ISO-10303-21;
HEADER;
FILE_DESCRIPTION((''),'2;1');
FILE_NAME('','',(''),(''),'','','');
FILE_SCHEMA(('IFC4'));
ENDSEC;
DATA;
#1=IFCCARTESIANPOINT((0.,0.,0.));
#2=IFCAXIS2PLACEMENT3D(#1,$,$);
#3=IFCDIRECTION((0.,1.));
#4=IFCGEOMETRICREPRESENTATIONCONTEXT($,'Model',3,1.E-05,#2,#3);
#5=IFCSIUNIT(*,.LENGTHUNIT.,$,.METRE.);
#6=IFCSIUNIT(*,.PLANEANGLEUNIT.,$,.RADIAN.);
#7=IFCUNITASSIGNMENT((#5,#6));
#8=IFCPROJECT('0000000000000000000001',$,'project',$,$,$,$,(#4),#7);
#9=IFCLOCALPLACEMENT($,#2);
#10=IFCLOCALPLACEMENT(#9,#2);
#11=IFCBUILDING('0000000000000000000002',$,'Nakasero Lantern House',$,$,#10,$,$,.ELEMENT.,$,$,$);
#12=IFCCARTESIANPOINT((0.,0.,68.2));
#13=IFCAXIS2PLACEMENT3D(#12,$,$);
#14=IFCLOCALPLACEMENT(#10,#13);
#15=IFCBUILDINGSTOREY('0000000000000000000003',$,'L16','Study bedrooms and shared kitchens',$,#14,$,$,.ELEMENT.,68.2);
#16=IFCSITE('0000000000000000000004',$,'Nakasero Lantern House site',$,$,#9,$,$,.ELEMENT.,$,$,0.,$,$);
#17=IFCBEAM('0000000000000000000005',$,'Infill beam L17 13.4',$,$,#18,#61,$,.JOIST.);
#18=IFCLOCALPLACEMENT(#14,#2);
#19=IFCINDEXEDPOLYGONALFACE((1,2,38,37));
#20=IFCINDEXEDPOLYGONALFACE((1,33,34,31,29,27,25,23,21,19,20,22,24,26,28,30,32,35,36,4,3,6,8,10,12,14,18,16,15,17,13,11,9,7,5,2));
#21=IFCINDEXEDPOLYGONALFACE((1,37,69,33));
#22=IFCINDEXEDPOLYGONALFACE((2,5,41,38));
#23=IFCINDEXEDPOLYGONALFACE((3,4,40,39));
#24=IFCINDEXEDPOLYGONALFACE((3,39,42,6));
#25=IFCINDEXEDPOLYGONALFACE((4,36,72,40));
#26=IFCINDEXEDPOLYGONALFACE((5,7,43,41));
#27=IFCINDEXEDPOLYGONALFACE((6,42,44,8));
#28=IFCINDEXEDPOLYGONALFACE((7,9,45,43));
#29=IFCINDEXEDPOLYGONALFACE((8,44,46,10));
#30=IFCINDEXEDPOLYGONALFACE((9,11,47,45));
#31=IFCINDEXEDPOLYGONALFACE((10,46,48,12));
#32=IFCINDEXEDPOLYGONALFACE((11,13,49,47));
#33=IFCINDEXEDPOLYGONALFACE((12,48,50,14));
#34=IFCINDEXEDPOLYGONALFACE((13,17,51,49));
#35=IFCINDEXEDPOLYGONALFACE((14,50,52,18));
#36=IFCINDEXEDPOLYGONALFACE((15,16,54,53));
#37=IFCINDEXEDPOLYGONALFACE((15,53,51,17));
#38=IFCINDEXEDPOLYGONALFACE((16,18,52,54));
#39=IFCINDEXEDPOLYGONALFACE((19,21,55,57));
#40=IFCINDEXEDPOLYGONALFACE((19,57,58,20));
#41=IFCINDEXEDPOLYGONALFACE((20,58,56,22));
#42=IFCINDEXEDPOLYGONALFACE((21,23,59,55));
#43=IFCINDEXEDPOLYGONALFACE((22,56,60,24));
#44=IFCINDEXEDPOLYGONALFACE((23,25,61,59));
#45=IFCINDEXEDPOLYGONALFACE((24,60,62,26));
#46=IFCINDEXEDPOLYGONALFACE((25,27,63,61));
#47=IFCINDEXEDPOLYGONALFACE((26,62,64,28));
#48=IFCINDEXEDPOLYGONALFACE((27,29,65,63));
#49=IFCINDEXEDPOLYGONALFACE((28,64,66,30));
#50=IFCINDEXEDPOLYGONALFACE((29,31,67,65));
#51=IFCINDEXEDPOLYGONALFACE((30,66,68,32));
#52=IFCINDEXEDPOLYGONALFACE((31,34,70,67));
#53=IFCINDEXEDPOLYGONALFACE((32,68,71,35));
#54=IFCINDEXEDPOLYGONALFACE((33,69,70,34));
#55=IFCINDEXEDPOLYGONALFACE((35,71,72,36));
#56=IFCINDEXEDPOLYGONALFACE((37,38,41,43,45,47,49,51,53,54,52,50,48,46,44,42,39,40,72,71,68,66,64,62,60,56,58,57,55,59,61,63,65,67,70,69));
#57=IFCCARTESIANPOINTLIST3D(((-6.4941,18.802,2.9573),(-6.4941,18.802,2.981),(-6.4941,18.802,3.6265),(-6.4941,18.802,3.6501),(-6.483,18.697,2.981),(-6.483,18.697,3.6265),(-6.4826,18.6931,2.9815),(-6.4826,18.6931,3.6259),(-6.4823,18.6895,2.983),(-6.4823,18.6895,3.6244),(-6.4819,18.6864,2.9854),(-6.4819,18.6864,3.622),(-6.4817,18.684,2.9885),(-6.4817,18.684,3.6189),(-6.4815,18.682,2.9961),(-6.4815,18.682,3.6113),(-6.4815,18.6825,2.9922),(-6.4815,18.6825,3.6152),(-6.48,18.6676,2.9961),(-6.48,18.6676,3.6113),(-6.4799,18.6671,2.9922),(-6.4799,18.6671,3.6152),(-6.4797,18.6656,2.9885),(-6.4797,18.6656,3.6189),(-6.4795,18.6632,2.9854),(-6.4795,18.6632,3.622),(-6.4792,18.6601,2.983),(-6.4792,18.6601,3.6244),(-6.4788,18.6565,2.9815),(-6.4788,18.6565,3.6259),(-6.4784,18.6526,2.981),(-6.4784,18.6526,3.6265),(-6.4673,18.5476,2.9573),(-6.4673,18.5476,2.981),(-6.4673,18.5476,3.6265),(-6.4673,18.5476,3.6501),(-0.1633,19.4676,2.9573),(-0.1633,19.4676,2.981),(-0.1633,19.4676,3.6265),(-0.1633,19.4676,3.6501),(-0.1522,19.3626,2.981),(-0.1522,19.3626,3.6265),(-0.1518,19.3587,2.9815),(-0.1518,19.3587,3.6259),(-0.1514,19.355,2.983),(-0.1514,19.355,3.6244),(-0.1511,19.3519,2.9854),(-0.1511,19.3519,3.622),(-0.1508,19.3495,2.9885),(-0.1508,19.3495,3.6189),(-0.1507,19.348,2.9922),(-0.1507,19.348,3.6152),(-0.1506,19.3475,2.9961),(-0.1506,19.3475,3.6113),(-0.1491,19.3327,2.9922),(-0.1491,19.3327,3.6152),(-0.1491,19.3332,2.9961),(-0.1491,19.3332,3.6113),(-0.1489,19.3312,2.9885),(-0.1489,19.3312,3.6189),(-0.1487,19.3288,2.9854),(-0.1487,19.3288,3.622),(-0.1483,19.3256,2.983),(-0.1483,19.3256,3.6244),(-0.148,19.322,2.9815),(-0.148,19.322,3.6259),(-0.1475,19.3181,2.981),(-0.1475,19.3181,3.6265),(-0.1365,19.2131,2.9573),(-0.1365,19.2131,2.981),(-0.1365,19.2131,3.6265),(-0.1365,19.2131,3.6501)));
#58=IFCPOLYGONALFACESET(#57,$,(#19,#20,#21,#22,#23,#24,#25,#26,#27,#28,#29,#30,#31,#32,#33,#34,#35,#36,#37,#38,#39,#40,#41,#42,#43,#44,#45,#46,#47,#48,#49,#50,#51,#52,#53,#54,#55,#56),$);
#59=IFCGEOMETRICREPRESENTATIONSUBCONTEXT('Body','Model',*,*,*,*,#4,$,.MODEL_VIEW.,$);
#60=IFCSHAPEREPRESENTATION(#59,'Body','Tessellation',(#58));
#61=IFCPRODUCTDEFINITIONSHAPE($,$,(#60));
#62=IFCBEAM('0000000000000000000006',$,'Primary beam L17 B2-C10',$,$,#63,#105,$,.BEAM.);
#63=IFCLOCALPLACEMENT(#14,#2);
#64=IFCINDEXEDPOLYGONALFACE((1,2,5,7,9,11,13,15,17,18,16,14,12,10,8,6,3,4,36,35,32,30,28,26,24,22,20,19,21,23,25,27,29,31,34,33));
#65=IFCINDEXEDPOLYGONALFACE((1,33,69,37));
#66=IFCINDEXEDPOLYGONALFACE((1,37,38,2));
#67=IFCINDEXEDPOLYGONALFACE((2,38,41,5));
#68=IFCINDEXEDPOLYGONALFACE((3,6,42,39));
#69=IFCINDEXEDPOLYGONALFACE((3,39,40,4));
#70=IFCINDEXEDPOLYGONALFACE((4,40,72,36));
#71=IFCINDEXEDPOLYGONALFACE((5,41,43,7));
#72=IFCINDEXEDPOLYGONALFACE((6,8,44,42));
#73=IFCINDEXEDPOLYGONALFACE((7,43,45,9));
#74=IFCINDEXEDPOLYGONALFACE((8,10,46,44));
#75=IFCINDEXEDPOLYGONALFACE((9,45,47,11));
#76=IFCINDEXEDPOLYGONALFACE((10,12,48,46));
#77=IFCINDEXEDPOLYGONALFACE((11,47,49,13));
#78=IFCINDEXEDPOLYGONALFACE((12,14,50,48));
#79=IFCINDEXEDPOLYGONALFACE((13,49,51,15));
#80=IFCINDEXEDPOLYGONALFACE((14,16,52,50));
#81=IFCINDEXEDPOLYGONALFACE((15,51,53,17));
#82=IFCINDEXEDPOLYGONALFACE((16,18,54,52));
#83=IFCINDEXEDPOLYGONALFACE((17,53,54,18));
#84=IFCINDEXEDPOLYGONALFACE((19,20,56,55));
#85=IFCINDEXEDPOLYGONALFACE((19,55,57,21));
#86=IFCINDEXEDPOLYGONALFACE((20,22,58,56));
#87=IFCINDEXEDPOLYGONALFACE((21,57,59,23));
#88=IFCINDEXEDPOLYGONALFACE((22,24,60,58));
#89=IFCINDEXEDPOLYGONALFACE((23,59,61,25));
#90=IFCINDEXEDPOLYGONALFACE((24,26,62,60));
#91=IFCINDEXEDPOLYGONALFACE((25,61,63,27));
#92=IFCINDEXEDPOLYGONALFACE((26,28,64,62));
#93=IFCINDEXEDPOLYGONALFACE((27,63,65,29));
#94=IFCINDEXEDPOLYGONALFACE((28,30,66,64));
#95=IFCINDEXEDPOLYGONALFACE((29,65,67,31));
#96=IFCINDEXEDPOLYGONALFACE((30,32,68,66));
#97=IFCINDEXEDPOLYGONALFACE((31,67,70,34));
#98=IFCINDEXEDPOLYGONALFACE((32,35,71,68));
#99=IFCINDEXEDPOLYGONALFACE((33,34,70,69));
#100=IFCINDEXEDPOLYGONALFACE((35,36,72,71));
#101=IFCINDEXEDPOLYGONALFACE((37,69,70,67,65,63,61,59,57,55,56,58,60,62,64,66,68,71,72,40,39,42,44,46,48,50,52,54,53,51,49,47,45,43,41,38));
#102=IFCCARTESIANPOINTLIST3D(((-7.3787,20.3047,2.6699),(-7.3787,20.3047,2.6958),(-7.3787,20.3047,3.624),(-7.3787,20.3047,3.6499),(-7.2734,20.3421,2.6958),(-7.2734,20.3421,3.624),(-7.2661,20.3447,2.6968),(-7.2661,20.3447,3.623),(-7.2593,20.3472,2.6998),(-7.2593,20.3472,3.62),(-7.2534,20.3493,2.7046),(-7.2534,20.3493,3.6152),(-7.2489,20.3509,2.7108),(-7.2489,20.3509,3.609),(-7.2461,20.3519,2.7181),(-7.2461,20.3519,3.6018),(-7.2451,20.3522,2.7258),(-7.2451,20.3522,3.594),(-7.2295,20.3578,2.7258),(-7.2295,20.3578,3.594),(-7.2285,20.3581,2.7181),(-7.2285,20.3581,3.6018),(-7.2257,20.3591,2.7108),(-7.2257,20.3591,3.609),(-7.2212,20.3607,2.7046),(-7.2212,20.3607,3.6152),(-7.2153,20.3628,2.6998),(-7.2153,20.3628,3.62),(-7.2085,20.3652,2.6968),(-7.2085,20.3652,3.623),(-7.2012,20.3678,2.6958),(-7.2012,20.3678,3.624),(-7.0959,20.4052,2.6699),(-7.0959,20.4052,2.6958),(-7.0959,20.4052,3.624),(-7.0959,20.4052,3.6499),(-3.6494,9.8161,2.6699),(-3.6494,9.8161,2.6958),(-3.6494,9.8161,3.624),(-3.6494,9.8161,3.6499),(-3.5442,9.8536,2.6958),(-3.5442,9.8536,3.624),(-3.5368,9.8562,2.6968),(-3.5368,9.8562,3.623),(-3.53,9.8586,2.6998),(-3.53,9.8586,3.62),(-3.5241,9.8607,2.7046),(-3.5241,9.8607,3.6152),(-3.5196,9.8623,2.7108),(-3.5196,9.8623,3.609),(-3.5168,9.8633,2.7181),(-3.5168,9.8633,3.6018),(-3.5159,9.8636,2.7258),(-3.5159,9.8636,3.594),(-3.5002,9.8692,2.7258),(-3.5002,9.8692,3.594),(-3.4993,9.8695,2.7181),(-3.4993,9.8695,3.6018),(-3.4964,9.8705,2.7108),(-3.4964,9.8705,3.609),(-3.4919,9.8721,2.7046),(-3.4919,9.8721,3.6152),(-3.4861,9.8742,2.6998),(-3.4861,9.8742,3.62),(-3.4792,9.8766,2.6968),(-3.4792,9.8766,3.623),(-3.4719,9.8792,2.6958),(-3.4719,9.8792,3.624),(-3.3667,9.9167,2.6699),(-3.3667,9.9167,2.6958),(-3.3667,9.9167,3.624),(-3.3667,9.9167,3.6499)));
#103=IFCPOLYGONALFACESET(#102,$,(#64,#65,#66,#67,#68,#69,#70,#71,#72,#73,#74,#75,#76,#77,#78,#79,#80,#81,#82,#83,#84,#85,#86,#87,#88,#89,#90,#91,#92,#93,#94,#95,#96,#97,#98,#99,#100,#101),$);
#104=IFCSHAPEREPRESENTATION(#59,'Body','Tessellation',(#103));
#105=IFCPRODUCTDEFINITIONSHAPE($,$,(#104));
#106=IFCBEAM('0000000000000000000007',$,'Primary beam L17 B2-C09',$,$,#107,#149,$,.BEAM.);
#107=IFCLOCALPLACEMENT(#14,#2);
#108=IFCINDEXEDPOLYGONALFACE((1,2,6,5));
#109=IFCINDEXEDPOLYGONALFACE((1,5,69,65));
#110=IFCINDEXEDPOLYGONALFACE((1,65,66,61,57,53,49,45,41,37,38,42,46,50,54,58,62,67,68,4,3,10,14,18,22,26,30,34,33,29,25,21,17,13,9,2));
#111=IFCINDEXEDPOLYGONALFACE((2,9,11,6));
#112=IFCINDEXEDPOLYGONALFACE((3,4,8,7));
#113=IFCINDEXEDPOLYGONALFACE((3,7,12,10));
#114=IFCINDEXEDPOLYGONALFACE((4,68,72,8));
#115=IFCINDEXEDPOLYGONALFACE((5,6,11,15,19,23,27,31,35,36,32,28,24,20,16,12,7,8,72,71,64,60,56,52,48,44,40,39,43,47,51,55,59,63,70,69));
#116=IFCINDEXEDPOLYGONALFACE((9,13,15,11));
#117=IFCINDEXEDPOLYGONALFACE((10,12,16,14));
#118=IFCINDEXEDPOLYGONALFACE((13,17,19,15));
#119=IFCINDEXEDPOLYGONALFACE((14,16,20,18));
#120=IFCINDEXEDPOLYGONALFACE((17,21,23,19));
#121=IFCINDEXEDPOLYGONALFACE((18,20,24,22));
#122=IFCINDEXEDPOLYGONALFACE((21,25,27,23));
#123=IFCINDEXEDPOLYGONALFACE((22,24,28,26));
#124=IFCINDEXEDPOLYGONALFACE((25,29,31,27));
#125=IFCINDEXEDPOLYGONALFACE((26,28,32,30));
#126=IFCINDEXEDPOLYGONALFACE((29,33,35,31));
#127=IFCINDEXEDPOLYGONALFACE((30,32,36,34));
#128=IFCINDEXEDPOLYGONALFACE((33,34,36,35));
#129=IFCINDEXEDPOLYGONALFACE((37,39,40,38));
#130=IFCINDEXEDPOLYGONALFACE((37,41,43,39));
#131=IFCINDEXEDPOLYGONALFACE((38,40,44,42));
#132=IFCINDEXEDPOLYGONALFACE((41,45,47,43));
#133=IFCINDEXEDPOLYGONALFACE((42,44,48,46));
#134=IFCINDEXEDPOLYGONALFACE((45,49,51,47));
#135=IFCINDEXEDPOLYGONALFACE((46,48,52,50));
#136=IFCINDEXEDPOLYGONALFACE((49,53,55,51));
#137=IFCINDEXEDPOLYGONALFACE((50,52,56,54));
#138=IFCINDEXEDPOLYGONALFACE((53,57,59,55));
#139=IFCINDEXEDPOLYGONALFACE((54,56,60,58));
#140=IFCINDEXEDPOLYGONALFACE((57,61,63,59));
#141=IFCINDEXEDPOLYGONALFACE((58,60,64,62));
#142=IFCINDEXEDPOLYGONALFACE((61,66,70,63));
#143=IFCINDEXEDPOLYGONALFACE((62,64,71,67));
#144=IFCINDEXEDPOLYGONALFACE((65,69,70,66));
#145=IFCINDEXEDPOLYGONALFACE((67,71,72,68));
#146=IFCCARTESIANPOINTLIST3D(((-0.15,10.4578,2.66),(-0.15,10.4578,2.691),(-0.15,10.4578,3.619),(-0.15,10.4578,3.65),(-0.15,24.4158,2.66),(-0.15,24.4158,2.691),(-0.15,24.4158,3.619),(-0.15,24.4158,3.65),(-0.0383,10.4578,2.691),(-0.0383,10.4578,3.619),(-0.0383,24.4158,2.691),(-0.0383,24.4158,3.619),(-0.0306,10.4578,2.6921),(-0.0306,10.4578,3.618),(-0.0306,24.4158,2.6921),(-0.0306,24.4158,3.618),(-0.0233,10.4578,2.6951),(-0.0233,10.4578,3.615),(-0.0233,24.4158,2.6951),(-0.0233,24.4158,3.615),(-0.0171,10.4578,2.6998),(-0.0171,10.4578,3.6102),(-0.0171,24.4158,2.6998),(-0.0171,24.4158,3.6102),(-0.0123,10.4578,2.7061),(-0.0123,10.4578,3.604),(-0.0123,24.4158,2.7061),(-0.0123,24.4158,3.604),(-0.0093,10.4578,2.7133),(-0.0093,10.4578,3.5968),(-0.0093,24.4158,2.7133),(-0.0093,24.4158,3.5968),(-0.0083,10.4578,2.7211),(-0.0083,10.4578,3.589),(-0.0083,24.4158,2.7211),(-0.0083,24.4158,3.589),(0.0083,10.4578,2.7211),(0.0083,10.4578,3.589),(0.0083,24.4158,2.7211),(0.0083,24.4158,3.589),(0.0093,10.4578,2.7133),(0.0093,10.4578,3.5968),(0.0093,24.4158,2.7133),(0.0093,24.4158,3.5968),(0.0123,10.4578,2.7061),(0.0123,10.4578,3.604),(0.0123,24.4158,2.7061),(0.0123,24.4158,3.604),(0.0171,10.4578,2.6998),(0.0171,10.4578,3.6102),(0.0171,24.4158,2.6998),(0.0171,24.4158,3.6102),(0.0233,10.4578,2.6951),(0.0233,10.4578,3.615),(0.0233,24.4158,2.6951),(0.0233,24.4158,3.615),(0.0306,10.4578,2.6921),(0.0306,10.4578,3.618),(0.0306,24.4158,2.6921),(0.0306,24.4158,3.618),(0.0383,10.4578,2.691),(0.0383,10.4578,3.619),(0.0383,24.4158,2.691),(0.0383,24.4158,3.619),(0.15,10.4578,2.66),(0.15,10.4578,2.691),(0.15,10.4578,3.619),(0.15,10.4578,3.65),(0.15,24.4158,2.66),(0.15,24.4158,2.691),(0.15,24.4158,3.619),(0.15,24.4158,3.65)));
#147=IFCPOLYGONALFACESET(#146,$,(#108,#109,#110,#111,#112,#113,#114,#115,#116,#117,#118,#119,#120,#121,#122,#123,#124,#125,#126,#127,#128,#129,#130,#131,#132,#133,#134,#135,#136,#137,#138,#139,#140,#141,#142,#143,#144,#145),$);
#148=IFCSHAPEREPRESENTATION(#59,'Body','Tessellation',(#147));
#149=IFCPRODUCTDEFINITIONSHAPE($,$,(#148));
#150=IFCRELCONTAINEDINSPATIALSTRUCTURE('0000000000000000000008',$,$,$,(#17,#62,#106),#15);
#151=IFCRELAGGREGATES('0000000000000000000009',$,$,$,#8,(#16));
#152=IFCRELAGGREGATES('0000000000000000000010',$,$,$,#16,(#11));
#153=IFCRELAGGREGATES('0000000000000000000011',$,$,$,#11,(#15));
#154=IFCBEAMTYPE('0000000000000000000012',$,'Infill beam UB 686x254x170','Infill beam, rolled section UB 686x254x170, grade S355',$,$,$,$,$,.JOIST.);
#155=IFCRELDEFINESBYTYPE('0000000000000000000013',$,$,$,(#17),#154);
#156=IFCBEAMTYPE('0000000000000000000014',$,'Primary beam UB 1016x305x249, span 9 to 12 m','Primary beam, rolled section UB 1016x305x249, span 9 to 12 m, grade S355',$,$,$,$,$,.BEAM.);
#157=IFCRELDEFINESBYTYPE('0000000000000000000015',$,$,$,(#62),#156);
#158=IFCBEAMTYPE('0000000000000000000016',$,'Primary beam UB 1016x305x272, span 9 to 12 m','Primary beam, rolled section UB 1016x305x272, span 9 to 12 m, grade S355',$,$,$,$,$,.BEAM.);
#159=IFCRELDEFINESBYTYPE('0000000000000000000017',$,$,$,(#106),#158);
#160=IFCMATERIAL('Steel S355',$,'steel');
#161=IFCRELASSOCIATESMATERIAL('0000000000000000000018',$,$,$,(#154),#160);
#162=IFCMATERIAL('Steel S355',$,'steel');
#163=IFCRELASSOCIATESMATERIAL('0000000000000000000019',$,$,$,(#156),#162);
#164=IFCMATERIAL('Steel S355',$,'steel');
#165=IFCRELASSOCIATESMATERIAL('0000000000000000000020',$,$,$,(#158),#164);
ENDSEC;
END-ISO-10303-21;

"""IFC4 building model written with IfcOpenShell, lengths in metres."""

from ifc_helpers import new_model, si_unit, direction, frame, origin, origin_2d, place, context, subcontext, project, spatial, i_section, extrude, material, material_profile, profile_set, type_object, element, save


model = new_model("IFC4")

# Units and contexts
model_context = context("Model", 3, precision=1e-05, world=origin(), true_north=direction((0.0, 1.0)))
body_context = subcontext(model_context, "Body", "Model", "MODEL_VIEW")
ifc_project = project(units=[si_unit("LENGTHUNIT", "METRE"), si_unit("PLANEANGLEUNIT", "RADIAN")], contexts=[model_context])

# Site, building, storey
site_placement = place(None, origin())
site = spatial("IfcSite", under=ifc_project, at=site_placement, Name="Nakasero Lantern House site", CompositionType="ELEMENT", RefElevation=0.0)
building_placement = place(site_placement, origin())
building = spatial("IfcBuilding", under=site, at=building_placement, Name="Nakasero Lantern House", CompositionType="ELEMENT")
storey_placement = place(building_placement, frame((0.0, 0.0, 68.2)))
storey = spatial("IfcBuildingStorey", under=building, at=storey_placement, Name="L16", Description="Study bedrooms and shared kitchens", CompositionType="ELEMENT", Elevation=68.2)

# Beams
ifc_material_1 = material(Name="Steel S355", Category="steel")
ifc_material_profile_1 = material_profile(ifc_material_1, i_section(OverallWidth=0.2559, OverallDepth=0.6929, WebThickness=0.0144, FlangeThickness=0.0237, FilletRadius=0.0151, at=origin_2d()), Name="UB 686x254x170")
ifc_profile_set_1 = profile_set([ifc_material_profile_1], Name="Steel S355")
beam_type_1 = type_object("IfcBeamType", Name="Infill beam UB 686x254x170", Description="Infill beam, rolled section UB 686x254x170, grade S355", PredefinedType="JOIST", material=ifc_profile_set_1)
beam_1_placement = place(storey_placement, frame((-6.4807, 18.6748, 3.3037), z_axis=(0.99452, 0.104549, 0.0), x_axis=(-0.104549, 0.99452, 0.0)))
element("IfcBeam", 1, at=beam_1_placement, inside=storey, type_object=beam_type_1, Name="Infill beam L17 13.4", PredefinedType="JOIST", context=body_context, shape_type="SweptSolid", body=[
    extrude(i_section(OverallWidth=0.2559, OverallDepth=0.6929, WebThickness=0.0144, FlangeThickness=0.0237, FilletRadius=0.0151, at=origin_2d()), origin(), (0.0, 0.0, 1.0), 6.3657),
])
ifc_material_2 = material(Name="Steel S355", Category="steel")
ifc_material_profile_2 = material_profile(ifc_material_2, i_section(OverallWidth=0.3, OverallDepth=0.98, WebThickness=0.0166, FlangeThickness=0.0259, FilletRadius=0.03, at=origin_2d()), Name="UB 1016x305x249")
ifc_profile_set_2 = profile_set([ifc_material_profile_2], Name="Steel S355")
beam_type_2 = type_object("IfcBeamType", Name="Primary beam UB 1016x305x249, span 9 to 12 m", Description="Primary beam, rolled section UB 1016x305x249, span 9 to 12 m, grade S355", PredefinedType="BEAM", material=ifc_profile_set_2)
beam_2_placement = place(storey_placement, frame((-7.2373, 20.355, 3.1599), z_axis=(0.335009, -0.942215, 0.0), x_axis=(0.942215, 0.335009, 0.0)))
element("IfcBeam", 2, at=beam_2_placement, inside=storey, type_object=beam_type_2, Name="Primary beam L17 B2-C10", PredefinedType="BEAM", context=body_context, shape_type="SweptSolid", body=[
    extrude(i_section(OverallWidth=0.3, OverallDepth=0.98, WebThickness=0.0166, FlangeThickness=0.0259, FilletRadius=0.03, at=origin_2d()), origin(), (0.0, 0.0, 1.0), 11.1318),
])
ifc_material_3 = material(Name="Steel S355", Category="steel")
ifc_material_profile_3 = material_profile(ifc_material_3, i_section(OverallWidth=0.3, OverallDepth=0.99, WebThickness=0.0166, FlangeThickness=0.031, FilletRadius=0.03, at=origin_2d()), Name="UB 1016x305x272")
ifc_profile_set_3 = profile_set([ifc_material_profile_3], Name="Steel S355")
beam_type_3 = type_object("IfcBeamType", Name="Primary beam UB 1016x305x272, span 9 to 12 m", Description="Primary beam, rolled section UB 1016x305x272, span 9 to 12 m, grade S355", PredefinedType="BEAM", material=ifc_profile_set_3)
beam_3_placement = place(storey_placement, frame((0.0, 24.4158, 3.155), z_axis=(0.0, -1.0, 0.0), x_axis=(1.0, 0.0, 0.0)))
element("IfcBeam", 3, at=beam_3_placement, inside=storey, type_object=beam_type_3, Name="Primary beam L17 B2-C09", PredefinedType="BEAM", context=body_context, shape_type="SweptSolid", body=[
    extrude(i_section(OverallWidth=0.3, OverallDepth=0.99, WebThickness=0.0166, FlangeThickness=0.031, FilletRadius=0.03, at=origin_2d()), origin(), (0.0, 0.0, 1.0), 13.958),
])

save(model, "model.ifc")
